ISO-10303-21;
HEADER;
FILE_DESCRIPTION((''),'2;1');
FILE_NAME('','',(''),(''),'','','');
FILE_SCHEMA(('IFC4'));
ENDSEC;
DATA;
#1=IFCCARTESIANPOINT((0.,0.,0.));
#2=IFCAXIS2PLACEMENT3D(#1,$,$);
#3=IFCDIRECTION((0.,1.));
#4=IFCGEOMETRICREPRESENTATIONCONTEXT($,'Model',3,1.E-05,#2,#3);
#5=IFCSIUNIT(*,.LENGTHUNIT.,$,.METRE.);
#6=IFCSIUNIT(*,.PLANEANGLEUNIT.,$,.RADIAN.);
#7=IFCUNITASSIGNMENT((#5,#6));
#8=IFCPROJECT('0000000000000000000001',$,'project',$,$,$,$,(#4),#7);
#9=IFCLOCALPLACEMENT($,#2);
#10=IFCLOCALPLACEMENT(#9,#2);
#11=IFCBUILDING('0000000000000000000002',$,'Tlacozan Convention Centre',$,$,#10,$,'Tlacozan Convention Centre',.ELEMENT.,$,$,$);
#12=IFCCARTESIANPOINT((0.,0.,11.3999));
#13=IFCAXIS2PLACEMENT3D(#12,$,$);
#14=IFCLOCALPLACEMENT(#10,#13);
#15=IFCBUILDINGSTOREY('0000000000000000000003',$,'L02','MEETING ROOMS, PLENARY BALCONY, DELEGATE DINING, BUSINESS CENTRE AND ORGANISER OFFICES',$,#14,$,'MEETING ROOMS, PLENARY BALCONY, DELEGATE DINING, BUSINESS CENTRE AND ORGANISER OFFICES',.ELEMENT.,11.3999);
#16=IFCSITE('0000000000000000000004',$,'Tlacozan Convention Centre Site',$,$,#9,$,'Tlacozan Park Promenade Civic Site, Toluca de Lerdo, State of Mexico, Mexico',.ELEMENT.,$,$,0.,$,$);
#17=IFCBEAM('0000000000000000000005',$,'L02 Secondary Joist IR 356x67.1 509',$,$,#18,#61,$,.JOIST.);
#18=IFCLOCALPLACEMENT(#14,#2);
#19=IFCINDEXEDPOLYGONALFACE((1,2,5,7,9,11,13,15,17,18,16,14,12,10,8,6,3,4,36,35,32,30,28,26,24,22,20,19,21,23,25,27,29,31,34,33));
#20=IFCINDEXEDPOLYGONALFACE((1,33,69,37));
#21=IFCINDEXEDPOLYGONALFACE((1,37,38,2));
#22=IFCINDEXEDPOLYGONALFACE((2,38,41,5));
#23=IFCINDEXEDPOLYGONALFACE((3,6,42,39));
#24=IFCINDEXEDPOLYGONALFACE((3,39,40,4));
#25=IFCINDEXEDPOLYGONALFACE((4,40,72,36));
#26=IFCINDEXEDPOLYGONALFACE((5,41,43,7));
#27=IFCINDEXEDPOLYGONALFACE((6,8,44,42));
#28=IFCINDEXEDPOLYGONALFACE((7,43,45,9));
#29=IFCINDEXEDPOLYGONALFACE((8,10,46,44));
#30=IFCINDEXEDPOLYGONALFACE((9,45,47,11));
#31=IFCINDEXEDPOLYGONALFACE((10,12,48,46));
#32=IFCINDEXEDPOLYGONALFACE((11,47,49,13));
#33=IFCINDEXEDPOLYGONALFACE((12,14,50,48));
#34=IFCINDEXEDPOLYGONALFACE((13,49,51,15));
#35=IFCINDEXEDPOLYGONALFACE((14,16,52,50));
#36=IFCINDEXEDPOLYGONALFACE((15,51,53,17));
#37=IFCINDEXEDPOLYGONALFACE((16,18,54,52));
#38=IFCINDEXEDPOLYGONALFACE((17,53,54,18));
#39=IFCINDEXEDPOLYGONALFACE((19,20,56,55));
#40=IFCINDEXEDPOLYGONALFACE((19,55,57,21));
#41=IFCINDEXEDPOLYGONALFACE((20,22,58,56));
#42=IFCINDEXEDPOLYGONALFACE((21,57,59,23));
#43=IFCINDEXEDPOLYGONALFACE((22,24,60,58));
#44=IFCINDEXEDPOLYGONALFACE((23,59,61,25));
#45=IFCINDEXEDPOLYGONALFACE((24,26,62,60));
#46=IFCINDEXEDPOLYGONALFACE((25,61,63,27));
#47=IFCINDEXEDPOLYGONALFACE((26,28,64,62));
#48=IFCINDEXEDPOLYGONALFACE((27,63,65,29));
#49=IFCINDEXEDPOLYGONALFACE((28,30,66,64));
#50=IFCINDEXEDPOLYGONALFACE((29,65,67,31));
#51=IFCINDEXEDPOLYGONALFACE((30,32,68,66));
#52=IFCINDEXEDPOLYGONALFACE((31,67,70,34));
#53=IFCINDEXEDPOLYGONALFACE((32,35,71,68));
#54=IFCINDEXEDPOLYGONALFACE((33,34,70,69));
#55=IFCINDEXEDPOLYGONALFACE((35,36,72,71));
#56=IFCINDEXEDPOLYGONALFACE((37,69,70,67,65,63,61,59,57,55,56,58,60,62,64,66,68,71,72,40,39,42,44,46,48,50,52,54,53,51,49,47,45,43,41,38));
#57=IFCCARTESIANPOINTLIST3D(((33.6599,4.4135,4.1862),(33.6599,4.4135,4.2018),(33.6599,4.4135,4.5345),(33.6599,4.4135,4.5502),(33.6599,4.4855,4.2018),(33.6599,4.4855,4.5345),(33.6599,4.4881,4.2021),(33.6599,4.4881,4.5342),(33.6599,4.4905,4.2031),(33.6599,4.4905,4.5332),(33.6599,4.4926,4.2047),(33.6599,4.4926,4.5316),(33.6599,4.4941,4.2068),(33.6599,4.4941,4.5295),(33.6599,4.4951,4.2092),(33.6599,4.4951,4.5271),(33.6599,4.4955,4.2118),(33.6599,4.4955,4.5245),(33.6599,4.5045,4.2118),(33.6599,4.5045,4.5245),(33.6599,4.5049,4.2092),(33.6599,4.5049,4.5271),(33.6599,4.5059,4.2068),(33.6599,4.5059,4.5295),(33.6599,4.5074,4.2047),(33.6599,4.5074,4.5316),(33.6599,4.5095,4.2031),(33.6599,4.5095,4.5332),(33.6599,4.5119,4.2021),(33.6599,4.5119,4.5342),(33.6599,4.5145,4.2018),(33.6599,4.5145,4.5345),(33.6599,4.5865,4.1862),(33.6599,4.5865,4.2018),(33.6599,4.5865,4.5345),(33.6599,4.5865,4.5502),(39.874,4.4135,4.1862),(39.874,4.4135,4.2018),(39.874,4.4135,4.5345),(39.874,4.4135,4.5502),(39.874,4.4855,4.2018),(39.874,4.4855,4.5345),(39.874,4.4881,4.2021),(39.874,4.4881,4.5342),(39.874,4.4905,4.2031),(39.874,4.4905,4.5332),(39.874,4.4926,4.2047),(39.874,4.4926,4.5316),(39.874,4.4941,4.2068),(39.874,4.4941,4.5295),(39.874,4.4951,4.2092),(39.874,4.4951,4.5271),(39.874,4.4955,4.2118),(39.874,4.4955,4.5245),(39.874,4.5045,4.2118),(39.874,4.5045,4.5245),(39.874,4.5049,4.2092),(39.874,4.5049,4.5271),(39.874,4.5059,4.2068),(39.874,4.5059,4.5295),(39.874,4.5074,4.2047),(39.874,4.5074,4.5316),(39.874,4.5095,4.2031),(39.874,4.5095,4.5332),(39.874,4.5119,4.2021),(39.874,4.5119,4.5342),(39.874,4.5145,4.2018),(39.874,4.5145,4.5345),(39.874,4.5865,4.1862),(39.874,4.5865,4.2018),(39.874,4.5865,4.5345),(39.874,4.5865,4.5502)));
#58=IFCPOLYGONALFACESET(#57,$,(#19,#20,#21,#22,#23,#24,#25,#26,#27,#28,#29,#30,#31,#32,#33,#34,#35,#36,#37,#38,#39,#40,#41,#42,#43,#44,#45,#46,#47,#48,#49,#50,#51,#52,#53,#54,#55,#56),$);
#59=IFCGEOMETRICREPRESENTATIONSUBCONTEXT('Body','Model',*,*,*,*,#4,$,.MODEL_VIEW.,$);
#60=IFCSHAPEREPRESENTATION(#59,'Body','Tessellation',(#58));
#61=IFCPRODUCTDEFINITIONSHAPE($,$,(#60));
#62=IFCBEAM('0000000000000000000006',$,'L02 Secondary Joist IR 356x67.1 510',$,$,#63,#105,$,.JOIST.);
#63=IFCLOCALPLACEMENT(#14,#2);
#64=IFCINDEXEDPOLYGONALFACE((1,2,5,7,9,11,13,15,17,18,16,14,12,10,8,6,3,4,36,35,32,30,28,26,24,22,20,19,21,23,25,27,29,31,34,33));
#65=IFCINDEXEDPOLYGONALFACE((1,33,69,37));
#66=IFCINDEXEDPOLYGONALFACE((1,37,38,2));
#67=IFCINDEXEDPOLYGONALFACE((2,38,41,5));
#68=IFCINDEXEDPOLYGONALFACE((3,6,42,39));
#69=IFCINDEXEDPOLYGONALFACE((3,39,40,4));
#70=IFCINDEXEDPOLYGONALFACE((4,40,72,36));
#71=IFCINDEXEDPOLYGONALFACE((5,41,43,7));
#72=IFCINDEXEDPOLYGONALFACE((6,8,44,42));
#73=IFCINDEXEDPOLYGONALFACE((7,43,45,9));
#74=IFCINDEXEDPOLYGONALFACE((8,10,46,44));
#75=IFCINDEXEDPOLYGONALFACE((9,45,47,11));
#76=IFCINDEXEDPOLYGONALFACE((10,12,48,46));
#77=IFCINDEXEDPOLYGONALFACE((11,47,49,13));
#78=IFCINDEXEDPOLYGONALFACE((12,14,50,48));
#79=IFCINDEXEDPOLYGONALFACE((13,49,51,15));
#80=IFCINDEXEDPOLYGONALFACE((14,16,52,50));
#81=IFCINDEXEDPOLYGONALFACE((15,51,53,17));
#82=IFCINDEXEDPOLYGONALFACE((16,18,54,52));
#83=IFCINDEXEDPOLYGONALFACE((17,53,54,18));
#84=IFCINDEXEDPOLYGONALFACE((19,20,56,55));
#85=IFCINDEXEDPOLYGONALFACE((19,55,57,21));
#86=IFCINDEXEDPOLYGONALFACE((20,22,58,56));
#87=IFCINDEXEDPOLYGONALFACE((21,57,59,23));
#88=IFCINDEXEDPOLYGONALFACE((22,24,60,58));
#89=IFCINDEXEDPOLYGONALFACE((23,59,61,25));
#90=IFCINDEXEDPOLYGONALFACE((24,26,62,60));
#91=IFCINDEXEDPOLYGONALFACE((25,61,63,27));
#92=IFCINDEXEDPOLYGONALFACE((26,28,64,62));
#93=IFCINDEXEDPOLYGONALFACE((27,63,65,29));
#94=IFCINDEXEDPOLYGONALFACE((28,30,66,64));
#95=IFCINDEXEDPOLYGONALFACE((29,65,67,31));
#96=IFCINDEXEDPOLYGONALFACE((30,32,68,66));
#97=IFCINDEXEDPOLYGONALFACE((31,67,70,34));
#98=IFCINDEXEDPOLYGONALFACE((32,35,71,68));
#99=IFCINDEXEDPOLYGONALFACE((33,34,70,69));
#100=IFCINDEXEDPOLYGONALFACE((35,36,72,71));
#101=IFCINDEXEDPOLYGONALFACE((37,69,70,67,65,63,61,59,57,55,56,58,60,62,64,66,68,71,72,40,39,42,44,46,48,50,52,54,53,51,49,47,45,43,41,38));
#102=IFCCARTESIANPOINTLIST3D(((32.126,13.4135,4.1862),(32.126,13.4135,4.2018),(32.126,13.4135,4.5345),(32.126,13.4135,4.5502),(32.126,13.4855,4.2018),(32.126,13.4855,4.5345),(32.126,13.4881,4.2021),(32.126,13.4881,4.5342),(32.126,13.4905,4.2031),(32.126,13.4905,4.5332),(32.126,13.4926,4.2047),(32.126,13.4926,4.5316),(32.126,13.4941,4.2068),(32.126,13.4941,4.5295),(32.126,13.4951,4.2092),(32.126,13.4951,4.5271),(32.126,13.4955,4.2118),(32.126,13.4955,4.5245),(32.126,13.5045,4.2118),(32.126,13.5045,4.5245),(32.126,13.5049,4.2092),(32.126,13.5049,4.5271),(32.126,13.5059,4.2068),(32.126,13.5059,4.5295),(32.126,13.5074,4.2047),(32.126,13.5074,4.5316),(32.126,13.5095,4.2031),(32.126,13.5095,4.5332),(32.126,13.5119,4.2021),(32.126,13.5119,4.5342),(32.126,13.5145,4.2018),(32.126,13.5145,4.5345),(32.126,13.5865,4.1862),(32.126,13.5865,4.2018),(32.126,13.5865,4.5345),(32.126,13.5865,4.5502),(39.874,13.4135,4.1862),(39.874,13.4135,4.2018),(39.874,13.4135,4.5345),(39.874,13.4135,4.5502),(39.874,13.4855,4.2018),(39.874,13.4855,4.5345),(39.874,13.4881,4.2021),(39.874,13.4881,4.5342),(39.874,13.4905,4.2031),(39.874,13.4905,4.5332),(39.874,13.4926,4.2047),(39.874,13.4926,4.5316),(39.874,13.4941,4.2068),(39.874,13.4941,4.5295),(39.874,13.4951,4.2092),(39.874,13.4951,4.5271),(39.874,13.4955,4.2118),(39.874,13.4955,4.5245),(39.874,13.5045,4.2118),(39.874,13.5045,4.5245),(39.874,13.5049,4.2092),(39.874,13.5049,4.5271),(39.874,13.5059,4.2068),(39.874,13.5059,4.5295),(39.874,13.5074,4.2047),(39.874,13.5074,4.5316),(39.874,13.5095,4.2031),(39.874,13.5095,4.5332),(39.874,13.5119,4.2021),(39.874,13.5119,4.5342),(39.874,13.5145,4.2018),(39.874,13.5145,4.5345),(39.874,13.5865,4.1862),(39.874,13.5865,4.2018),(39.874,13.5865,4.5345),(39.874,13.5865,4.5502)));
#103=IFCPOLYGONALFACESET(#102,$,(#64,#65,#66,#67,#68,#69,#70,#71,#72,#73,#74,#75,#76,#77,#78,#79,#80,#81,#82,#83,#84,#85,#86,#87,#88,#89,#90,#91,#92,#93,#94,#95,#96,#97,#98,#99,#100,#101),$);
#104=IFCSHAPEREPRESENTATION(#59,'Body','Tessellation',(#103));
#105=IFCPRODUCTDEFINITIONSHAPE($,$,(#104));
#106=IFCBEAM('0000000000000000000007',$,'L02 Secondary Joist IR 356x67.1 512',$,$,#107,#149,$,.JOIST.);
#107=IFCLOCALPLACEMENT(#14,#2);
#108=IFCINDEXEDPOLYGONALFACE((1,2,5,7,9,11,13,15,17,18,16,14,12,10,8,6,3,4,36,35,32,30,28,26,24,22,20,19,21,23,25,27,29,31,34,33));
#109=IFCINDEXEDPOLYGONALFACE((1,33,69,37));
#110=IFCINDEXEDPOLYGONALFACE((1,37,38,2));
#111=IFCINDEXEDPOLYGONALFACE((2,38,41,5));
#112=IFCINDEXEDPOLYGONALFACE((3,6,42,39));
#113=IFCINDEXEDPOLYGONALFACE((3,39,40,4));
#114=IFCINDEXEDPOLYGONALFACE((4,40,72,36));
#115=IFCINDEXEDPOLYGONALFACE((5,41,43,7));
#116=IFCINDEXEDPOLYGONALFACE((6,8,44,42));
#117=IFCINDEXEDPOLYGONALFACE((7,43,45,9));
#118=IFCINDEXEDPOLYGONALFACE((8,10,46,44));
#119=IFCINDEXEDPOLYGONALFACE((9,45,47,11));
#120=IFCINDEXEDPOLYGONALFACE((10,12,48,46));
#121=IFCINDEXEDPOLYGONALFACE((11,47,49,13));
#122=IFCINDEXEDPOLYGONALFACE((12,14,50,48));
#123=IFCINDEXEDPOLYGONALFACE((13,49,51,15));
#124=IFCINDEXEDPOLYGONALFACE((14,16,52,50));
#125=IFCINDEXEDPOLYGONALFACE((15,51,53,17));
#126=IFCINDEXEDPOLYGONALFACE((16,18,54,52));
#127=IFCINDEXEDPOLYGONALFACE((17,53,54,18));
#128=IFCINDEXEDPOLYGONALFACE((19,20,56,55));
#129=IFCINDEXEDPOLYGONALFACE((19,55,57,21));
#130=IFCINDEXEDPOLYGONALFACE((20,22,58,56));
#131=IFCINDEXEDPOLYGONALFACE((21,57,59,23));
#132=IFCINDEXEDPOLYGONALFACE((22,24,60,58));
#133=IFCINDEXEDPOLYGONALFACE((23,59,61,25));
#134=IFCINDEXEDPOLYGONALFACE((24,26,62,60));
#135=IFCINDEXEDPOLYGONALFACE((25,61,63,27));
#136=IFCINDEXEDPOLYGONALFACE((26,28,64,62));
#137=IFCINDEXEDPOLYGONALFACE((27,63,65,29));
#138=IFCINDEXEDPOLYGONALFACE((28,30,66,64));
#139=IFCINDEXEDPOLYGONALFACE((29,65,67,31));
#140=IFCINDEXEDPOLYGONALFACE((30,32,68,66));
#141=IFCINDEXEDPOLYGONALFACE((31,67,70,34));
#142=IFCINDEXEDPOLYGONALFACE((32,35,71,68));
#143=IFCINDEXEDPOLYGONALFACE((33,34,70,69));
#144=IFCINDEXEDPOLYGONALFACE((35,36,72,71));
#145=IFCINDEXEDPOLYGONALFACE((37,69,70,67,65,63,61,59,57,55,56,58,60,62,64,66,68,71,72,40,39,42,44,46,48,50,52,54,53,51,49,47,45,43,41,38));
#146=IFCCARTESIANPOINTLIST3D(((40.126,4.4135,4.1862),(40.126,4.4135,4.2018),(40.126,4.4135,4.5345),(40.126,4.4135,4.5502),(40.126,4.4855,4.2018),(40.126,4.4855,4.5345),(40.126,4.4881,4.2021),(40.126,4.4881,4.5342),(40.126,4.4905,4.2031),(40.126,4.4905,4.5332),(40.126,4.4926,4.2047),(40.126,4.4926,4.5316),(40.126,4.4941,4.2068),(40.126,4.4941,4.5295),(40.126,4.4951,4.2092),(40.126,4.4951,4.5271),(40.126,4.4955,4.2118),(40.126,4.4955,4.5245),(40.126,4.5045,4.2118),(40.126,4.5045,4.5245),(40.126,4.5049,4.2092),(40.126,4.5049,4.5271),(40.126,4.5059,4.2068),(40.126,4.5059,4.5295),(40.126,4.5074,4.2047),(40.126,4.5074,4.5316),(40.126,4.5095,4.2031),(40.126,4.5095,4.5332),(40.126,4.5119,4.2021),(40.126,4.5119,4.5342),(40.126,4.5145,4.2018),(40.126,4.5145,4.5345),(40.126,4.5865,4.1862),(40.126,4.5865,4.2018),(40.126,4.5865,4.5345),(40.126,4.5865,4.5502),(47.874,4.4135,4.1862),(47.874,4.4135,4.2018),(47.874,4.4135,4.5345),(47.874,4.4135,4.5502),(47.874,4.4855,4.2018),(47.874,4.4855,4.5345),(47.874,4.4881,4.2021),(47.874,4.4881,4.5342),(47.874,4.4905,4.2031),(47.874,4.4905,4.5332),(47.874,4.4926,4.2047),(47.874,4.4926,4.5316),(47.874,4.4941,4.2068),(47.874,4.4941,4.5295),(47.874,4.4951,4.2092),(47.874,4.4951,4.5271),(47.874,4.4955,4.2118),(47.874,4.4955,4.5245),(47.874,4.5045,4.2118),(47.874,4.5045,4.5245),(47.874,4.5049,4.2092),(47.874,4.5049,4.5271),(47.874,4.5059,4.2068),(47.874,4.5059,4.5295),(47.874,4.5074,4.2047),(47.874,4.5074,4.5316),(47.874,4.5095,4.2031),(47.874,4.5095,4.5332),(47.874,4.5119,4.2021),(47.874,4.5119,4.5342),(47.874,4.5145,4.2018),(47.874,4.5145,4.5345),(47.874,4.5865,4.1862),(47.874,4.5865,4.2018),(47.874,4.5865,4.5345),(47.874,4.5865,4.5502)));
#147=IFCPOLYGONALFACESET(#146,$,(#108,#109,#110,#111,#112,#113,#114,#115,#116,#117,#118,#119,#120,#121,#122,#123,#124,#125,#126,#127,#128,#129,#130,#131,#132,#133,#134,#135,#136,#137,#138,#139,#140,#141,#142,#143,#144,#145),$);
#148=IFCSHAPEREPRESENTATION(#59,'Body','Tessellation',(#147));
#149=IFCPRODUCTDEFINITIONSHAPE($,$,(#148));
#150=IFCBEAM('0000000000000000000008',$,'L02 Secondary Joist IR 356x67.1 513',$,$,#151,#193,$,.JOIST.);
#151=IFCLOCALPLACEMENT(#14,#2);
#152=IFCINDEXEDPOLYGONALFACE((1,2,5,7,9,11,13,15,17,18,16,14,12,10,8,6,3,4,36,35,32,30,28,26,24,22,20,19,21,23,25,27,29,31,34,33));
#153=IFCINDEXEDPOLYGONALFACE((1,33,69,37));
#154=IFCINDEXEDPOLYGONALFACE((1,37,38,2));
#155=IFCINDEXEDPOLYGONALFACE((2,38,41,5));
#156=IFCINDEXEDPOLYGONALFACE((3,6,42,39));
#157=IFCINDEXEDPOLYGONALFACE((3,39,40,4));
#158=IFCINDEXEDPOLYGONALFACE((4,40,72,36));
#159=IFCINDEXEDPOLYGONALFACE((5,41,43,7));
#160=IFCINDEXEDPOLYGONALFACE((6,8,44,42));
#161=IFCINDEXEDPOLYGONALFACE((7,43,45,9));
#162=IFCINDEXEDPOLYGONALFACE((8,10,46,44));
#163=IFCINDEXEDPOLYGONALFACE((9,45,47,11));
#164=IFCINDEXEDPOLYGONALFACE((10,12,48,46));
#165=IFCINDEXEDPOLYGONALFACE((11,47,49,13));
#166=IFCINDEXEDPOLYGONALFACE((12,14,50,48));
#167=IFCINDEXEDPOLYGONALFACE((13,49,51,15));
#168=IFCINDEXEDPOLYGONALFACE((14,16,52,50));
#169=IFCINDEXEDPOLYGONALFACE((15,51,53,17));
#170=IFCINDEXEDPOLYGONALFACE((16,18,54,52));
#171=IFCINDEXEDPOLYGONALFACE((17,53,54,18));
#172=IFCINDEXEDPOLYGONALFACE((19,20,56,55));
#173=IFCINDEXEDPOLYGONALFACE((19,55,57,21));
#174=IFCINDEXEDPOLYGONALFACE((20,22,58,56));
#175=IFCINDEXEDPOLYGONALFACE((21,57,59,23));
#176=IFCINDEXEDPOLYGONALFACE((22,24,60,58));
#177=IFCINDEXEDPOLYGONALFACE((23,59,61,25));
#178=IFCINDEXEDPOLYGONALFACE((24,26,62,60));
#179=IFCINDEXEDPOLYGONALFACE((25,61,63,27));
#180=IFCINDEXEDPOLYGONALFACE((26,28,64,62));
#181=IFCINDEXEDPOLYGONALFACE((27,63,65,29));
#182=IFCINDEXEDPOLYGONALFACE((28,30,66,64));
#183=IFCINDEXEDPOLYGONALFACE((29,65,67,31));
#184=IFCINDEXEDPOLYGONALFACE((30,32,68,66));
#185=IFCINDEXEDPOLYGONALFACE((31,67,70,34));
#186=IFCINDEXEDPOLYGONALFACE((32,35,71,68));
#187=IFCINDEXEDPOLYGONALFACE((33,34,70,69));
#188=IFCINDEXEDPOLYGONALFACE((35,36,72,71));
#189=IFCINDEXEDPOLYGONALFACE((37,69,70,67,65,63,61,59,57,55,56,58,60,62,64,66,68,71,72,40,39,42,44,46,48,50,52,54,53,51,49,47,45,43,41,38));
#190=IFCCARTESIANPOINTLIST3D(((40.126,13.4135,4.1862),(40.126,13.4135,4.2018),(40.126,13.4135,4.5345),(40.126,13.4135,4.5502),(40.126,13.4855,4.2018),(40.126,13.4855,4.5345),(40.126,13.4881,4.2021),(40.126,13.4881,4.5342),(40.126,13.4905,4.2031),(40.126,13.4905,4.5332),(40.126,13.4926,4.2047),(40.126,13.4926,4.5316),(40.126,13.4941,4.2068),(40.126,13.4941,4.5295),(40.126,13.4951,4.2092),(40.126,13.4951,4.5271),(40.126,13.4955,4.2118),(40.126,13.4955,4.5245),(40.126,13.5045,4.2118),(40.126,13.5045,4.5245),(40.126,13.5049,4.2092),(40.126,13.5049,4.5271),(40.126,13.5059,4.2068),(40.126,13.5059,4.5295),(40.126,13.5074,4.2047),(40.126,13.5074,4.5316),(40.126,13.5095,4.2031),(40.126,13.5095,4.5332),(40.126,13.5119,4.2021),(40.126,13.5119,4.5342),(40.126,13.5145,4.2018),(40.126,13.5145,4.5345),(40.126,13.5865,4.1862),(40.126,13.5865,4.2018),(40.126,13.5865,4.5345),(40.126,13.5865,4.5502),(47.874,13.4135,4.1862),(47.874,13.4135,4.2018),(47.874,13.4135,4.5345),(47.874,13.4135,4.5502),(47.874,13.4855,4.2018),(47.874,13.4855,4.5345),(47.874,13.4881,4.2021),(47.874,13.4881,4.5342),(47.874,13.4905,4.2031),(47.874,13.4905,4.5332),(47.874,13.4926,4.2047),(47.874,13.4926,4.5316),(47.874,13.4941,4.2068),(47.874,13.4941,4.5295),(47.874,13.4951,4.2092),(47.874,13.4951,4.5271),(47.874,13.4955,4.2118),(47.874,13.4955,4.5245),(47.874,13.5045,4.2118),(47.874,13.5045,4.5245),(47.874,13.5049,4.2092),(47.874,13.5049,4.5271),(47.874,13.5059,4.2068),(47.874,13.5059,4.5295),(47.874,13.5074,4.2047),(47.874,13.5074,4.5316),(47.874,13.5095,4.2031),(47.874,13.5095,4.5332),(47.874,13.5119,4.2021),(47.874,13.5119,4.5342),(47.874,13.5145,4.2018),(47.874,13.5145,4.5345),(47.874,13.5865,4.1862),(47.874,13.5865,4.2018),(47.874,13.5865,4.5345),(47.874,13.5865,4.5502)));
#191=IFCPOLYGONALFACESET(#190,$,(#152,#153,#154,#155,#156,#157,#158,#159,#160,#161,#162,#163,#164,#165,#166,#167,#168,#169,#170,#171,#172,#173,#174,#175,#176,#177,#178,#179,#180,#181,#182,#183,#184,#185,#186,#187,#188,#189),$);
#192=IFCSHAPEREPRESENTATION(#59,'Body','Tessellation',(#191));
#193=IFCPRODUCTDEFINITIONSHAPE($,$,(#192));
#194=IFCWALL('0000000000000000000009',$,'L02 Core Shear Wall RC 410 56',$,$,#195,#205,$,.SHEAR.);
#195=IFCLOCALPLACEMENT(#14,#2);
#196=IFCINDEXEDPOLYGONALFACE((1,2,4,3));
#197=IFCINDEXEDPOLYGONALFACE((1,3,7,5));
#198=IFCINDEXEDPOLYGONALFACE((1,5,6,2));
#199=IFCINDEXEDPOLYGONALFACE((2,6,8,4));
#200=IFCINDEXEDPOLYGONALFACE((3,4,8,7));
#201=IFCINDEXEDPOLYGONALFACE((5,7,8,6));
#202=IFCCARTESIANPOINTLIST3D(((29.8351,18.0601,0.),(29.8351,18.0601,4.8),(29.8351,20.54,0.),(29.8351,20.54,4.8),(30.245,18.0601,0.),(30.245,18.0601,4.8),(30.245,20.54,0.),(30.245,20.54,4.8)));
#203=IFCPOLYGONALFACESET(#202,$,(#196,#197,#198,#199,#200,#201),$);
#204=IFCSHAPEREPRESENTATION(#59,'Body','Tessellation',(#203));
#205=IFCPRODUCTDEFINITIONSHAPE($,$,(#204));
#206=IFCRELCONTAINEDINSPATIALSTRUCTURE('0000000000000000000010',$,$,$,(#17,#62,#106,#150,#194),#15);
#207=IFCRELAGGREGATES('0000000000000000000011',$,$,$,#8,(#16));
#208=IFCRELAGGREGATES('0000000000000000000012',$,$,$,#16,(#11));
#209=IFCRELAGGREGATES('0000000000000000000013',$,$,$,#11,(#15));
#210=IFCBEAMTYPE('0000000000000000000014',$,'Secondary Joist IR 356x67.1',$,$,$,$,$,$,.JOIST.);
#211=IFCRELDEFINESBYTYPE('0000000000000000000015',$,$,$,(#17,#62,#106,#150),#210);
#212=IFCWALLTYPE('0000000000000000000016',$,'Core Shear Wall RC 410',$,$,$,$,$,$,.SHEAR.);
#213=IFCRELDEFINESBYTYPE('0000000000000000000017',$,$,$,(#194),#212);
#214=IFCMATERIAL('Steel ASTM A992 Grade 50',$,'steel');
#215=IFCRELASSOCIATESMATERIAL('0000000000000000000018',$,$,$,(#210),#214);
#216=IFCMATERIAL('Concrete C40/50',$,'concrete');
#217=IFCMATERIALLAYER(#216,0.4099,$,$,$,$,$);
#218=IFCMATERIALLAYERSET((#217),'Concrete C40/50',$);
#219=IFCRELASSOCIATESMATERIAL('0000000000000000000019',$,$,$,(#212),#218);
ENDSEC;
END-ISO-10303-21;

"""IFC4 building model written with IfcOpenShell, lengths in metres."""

from ifc_helpers import new_model, si_unit, direction, frame, frame_2d, origin, origin_2d, place, context, subcontext, project, spatial, rectangle, i_section, extrude, material, layer, layer_set, material_profile, profile_set, type_object, element, save


model = new_model("IFC4")

# Units and contexts
model_context = context("Model", 3, precision=1e-05, world=origin(), true_north=direction((0.0, 1.0)))
body_context = subcontext(model_context, "Body", "Model", "MODEL_VIEW")
ifc_project = project(units=[si_unit("LENGTHUNIT", "METRE"), si_unit("PLANEANGLEUNIT", "RADIAN")], contexts=[model_context])

# Site, building, storey
site_placement = place(None, origin())
site = spatial("IfcSite", under=ifc_project, at=site_placement, Name="Tlacozan Convention Centre Site", LongName="Tlacozan Park Promenade Civic Site, Toluca de Lerdo, State of Mexico, Mexico", CompositionType="ELEMENT", RefElevation=0.0)
building_placement = place(site_placement, origin())
building = spatial("IfcBuilding", under=site, at=building_placement, Name="Tlacozan Convention Centre", LongName="Tlacozan Convention Centre", CompositionType="ELEMENT")
storey_placement = place(building_placement, frame((0.0, 0.0, 11.3999)))
storey = spatial("IfcBuildingStorey", under=building, at=storey_placement, Name="L02", Description="MEETING ROOMS, PLENARY BALCONY, DELEGATE DINING, BUSINESS CENTRE AND ORGANISER OFFICES", LongName="MEETING ROOMS, PLENARY BALCONY, DELEGATE DINING, BUSINESS CENTRE AND ORGANISER OFFICES", CompositionType="ELEMENT", Elevation=11.3999)

# Shared definitions
ifc_material_1 = material(Name="Concrete C40/50", Category="concrete")

# Beams
ifc_material_2 = material(Name="Steel ASTM A992 Grade 50", Category="steel")
ifc_material_profile_1 = material_profile(ifc_material_2, i_section(OverallWidth=0.1731, OverallDepth=0.364, WebThickness=0.009, FlangeThickness=0.0156, FilletRadius=0.01, at=origin_2d()), Name="IR 356x67.1")
ifc_profile_set_1 = profile_set([ifc_material_profile_1], Name="Steel ASTM A992 Grade 50")
beam_type_1 = type_object("IfcBeamType", Name="Secondary Joist IR 356x67.1", PredefinedType="JOIST", material=ifc_profile_set_1)
beam_1_placement = place(storey_placement, frame((33.6599, 4.5, 4.3682), z_axis=(1.0, 0.0, 0.0), x_axis=(0.0, 1.0, 0.0)))
element("IfcBeam", 1, at=beam_1_placement, inside=storey, type_object=beam_type_1, Name="L02 Secondary Joist IR 356x67.1 509", PredefinedType="JOIST", context=body_context, shape_type="SweptSolid", body=[
    extrude(i_section(OverallWidth=0.1731, OverallDepth=0.364, WebThickness=0.009, FlangeThickness=0.0156, FilletRadius=0.01, at=origin_2d()), origin(), (0.0, 0.0, 1.0), 6.2141),
])
for number, where, z_axis, x_axis, name in (
    (2, (32.126, 13.5, 4.3682), (1.0, 0.0, 0.0), (0.0, 1.0, 0.0), "L02 Secondary Joist IR 356x67.1 510"),
    (3, (40.126, 4.5, 4.3682), (1.0, 0.0, 0.0), (0.0, 1.0, 0.0), "L02 Secondary Joist IR 356x67.1 512"),
    (4, (40.126, 13.5, 4.3682), (1.0, 0.0, 0.0), (0.0, 1.0, 0.0), "L02 Secondary Joist IR 356x67.1 513"),
):
    element("IfcBeam", number, at=place(storey_placement, frame(where, z_axis=z_axis, x_axis=x_axis)), inside=storey, type_object=beam_type_1, Name=name, PredefinedType="JOIST", context=body_context, shape_type="SweptSolid", body=[
        extrude(i_section(OverallWidth=0.1731, OverallDepth=0.364, WebThickness=0.009, FlangeThickness=0.0156, FilletRadius=0.01, at=origin_2d()), origin(), (0.0, 0.0, 1.0), 7.748),
    ])

# Wall
ifc_layer_1 = layer(ifc_material_1, 0.4099)
ifc_layer_set_1 = layer_set([ifc_layer_1], Name="Concrete C40/50")
wall_type_1 = type_object("IfcWallType", Name="Core Shear Wall RC 410", PredefinedType="SHEAR", material=ifc_layer_set_1)
wall_1_placement = place(storey_placement, frame((30.04, 18.0601, 0.0), z_axis=(0.0, 0.0, 1.0), x_axis=(0.0, 1.0, 0.0)))
element("IfcWall", 5, at=wall_1_placement, inside=storey, type_object=wall_type_1, Name="L02 Core Shear Wall RC 410 56", PredefinedType="SHEAR", context=body_context, shape_type="SweptSolid", body=[
    extrude(rectangle(XDim=2.48, YDim=0.4099, at=frame_2d((1.24, 0.0))), origin(), (0.0, 0.0, 1.0), 4.8),
])

save(model, "model.ifc")
